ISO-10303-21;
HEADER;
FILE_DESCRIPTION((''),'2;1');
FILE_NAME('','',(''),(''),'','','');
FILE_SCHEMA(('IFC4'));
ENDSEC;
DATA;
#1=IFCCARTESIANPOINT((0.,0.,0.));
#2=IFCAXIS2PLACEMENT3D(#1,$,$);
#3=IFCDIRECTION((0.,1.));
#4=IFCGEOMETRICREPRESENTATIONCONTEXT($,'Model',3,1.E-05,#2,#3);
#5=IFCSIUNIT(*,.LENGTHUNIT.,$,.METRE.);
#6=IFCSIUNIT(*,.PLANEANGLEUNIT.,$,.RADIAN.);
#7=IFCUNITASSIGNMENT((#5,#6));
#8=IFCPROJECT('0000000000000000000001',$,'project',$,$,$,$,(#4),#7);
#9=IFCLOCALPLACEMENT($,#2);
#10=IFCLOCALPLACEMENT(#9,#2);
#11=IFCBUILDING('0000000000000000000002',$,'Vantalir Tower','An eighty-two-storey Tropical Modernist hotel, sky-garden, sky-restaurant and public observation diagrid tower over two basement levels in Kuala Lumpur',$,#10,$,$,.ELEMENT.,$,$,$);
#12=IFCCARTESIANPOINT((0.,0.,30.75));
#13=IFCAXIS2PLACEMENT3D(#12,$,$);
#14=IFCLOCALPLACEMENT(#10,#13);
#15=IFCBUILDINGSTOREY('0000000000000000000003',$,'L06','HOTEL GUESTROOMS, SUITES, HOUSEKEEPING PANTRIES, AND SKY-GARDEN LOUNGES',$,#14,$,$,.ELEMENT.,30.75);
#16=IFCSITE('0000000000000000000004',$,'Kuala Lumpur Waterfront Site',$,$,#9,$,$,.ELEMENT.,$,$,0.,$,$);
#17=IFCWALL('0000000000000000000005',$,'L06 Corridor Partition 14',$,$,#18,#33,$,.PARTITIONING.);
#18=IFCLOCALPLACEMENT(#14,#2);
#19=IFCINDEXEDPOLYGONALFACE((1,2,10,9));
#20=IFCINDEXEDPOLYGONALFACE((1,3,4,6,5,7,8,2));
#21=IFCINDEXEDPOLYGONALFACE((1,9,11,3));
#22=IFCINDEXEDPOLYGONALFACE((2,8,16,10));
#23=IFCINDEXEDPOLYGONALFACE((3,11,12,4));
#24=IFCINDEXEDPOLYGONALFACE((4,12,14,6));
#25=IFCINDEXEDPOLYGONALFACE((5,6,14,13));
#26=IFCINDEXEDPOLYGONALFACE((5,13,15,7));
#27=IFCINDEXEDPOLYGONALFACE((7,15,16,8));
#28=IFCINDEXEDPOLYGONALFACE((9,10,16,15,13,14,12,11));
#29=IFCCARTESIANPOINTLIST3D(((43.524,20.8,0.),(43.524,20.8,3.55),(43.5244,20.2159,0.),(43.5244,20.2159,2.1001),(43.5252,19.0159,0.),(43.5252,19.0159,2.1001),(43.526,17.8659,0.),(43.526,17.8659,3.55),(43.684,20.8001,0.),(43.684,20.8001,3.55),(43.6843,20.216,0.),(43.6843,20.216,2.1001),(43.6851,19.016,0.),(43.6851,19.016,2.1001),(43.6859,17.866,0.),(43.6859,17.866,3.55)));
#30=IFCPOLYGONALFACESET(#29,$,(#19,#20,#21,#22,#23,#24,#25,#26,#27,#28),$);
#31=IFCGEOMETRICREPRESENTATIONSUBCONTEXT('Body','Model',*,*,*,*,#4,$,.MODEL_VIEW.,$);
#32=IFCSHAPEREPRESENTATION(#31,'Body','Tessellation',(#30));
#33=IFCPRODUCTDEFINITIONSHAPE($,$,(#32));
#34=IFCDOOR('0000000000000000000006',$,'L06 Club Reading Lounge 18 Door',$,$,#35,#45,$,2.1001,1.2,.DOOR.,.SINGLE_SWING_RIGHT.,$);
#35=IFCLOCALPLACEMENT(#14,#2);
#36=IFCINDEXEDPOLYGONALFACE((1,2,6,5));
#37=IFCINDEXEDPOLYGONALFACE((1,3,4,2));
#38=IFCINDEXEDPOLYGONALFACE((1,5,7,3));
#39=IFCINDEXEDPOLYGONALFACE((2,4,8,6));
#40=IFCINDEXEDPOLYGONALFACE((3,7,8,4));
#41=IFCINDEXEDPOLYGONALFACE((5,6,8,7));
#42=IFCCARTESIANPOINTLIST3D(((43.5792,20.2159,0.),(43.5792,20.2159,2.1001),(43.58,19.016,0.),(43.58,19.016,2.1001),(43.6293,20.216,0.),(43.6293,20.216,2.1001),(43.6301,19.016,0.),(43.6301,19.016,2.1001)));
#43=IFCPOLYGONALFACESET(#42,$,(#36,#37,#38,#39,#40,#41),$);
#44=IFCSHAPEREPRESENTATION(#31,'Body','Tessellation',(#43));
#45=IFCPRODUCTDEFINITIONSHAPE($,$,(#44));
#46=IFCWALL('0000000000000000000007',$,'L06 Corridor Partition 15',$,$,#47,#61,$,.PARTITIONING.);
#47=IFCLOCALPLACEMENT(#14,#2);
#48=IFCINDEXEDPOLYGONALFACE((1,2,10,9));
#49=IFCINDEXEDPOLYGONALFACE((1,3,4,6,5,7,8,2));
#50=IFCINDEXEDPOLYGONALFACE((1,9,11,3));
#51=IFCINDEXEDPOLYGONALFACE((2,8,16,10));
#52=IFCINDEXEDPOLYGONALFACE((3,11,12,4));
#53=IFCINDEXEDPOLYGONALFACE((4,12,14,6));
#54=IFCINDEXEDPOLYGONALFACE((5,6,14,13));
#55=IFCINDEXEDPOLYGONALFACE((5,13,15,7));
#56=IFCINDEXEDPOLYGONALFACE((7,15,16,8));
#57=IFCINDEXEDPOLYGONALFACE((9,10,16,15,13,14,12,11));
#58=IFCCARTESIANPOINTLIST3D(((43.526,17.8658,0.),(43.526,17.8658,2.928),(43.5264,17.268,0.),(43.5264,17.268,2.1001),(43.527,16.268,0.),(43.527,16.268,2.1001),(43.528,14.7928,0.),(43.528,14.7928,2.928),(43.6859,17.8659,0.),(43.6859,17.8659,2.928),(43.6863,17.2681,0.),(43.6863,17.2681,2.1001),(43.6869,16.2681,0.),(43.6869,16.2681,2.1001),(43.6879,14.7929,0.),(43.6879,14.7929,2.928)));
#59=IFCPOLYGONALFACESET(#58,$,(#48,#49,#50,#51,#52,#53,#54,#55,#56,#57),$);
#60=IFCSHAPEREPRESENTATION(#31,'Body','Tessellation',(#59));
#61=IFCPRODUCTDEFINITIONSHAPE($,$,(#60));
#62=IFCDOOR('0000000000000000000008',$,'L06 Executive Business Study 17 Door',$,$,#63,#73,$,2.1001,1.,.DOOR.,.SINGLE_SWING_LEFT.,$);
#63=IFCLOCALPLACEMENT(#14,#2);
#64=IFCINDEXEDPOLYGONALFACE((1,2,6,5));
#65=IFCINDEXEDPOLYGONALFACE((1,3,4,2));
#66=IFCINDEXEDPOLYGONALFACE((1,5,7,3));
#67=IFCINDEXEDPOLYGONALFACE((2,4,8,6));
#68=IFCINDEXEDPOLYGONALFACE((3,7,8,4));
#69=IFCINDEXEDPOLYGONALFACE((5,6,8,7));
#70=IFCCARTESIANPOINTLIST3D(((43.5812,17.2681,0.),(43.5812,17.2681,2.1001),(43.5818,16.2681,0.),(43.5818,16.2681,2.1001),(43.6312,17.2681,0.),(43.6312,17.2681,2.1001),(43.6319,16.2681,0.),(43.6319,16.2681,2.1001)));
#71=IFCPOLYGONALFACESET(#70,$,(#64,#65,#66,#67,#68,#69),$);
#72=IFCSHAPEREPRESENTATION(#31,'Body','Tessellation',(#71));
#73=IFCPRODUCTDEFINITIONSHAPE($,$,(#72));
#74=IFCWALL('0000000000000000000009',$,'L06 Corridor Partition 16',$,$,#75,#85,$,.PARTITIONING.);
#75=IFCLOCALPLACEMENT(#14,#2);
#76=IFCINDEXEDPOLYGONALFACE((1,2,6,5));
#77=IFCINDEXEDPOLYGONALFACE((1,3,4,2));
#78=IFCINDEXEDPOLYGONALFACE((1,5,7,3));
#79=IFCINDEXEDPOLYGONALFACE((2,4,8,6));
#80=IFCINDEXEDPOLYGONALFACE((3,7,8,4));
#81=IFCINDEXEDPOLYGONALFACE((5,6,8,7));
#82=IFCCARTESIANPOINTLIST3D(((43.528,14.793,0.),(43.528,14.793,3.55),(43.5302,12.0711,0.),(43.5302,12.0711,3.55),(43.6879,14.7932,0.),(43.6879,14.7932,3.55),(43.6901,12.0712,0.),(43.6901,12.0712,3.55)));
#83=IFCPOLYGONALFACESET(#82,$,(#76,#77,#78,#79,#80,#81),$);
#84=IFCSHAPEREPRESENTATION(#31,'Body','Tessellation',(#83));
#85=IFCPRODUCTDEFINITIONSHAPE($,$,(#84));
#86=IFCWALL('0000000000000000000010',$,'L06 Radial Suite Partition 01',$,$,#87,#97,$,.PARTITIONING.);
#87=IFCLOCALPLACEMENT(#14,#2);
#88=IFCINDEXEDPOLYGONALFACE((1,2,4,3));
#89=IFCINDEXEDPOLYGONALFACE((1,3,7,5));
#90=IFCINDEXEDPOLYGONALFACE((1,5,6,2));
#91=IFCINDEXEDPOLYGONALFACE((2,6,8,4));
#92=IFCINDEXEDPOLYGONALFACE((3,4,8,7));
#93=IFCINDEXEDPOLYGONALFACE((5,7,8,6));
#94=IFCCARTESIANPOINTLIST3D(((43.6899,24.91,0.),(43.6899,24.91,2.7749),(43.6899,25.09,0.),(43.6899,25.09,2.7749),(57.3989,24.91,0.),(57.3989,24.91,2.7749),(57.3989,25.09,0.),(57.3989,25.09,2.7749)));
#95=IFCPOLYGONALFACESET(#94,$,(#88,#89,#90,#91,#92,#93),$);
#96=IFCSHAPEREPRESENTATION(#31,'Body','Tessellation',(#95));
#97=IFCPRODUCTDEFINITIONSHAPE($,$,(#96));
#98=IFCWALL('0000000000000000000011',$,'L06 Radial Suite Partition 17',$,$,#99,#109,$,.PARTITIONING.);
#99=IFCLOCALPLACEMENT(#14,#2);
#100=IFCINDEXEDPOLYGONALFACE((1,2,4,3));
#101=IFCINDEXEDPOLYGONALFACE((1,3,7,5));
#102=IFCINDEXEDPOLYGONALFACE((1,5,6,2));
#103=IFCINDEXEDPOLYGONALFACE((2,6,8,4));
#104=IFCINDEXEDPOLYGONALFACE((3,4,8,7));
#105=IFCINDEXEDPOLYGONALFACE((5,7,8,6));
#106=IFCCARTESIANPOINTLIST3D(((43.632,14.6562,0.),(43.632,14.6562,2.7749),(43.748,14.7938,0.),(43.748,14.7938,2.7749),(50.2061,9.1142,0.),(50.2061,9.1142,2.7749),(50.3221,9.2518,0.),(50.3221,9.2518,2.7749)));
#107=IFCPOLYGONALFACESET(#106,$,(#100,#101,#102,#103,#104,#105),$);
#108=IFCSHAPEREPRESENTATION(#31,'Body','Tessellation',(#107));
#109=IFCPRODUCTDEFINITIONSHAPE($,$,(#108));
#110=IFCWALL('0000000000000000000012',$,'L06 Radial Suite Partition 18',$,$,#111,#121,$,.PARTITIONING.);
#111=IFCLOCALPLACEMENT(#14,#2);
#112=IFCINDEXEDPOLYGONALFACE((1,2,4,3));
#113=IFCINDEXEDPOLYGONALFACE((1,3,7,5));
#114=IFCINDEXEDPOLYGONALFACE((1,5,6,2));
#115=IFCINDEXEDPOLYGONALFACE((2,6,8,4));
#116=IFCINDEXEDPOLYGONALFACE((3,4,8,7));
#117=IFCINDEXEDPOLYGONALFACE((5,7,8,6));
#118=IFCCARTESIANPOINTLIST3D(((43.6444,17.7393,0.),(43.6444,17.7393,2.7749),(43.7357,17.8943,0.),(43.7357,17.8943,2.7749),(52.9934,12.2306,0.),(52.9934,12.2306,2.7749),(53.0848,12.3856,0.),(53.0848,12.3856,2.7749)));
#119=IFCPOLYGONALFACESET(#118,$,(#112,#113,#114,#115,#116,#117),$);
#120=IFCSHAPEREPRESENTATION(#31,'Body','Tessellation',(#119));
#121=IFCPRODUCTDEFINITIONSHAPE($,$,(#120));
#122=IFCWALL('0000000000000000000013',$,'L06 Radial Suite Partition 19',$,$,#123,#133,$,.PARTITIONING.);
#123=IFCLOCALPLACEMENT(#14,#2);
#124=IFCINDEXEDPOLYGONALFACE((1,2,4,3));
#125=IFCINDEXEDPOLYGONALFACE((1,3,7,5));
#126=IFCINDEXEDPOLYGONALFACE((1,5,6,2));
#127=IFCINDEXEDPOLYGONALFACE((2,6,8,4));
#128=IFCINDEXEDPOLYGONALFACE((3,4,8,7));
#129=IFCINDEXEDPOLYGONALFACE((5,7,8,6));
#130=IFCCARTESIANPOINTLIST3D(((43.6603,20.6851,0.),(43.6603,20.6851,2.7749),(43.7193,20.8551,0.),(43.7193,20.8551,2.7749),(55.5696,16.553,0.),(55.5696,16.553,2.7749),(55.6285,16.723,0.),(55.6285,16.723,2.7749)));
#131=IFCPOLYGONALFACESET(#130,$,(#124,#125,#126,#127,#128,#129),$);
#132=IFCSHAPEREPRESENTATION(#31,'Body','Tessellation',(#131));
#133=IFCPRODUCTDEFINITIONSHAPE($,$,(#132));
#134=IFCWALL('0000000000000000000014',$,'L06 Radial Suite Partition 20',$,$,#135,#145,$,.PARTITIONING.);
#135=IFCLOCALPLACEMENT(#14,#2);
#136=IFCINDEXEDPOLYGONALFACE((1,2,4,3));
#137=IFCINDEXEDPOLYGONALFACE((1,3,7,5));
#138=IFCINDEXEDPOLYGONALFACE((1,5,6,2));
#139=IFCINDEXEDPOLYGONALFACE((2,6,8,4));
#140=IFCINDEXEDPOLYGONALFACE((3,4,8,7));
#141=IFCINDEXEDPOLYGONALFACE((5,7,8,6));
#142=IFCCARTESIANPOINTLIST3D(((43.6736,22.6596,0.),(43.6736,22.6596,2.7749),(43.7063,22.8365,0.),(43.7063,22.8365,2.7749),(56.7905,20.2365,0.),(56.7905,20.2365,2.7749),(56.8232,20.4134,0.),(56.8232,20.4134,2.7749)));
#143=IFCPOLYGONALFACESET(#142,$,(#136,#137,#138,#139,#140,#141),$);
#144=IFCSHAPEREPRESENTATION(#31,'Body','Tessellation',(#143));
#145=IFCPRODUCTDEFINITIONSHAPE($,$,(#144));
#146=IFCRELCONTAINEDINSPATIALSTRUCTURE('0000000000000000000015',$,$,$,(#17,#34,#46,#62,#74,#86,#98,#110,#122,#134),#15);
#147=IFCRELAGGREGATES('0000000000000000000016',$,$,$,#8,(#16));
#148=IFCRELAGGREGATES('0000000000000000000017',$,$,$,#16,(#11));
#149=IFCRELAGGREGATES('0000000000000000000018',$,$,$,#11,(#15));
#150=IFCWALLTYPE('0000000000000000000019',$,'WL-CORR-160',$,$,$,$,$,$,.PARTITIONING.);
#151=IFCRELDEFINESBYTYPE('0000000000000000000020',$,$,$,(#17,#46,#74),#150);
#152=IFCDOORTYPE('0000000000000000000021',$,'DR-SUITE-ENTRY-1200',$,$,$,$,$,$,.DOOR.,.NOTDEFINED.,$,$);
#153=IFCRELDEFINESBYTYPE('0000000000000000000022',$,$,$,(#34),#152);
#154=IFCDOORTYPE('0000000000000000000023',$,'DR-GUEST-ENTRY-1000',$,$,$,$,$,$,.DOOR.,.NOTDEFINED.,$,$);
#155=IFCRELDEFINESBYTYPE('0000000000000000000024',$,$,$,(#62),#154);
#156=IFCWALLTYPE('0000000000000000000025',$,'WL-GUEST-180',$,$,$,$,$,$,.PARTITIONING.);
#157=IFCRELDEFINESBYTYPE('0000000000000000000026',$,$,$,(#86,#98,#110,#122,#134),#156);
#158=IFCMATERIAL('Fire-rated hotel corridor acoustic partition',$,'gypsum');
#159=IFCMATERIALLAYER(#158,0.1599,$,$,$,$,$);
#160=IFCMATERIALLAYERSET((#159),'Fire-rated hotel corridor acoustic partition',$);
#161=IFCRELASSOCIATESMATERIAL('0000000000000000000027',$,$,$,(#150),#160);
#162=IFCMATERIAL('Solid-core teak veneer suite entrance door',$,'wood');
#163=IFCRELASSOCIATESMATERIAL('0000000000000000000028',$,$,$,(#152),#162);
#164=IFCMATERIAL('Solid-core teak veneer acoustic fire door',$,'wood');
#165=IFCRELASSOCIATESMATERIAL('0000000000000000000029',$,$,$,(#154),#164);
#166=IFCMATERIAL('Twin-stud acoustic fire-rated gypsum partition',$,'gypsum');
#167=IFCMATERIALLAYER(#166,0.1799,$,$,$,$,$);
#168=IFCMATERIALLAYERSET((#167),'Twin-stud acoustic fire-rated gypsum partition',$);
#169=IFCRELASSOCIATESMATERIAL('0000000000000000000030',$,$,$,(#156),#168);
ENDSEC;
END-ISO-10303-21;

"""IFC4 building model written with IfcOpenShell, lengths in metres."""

from ifc_helpers import new_model, si_unit, direction, frame, frame_2d, origin, place, context, subcontext, project, spatial, rectangle, extrude, material, layer, layer_set, type_object, element, fill, save


model = new_model("IFC4")

# Units and contexts
model_context = context("Model", 3, precision=1e-05, world=origin(), true_north=direction((0.0, 1.0)))
body_context = subcontext(model_context, "Body", "Model", "MODEL_VIEW")
ifc_project = project(units=[si_unit("LENGTHUNIT", "METRE"), si_unit("PLANEANGLEUNIT", "RADIAN")], contexts=[model_context])

# Site, building, storey
site_placement = place(None, origin())
site = spatial("IfcSite", under=ifc_project, at=site_placement, Name="Kuala Lumpur Waterfront Site", CompositionType="ELEMENT", RefElevation=0.0)
building_placement = place(site_placement, origin())
building = spatial("IfcBuilding", under=site, at=building_placement, Name="Vantalir Tower", Description="An eighty-two-storey Tropical Modernist hotel, sky-garden, sky-restaurant and public observation diagrid tower over two basement levels in Kuala Lumpur", CompositionType="ELEMENT")
storey_placement = place(building_placement, frame((0.0, 0.0, 30.75)))
storey = spatial("IfcBuildingStorey", under=building, at=storey_placement, Name="L06", Description="HOTEL GUESTROOMS, SUITES, HOUSEKEEPING PANTRIES, AND SKY-GARDEN LOUNGES", CompositionType="ELEMENT", Elevation=30.75)

# Walls, openings, doors
ifc_material_1 = material(Name="Fire-rated hotel corridor acoustic partition", Category="gypsum")
ifc_layer_1 = layer(ifc_material_1, 0.1599)
ifc_layer_set_1 = layer_set([ifc_layer_1], Name="Fire-rated hotel corridor acoustic partition")
wall_type_1 = type_object("IfcWallType", Name="WL-CORR-160", PredefinedType="PARTITIONING", material=ifc_layer_set_1)
ifc_material_2 = material(Name="Solid-core teak veneer suite entrance door", Category="wood")
door_type_1 = type_object("IfcDoorType", Name="DR-SUITE-ENTRY-1200", OperationType="NOTDEFINED", PredefinedType="DOOR", material=ifc_material_2)
wall_1_placement = place(storey_placement, frame((43.604, 20.8, 0.0), z_axis=(0.0, 0.0, 1.0), x_axis=(0.000666, -1.0, 0.0)))
wall_1 = element("IfcWall", 1, at=wall_1_placement, inside=storey, type_object=wall_type_1, Name="L06 Corridor Partition 14", PredefinedType="PARTITIONING", context=body_context, shape_type="SweptSolid", body=[
    extrude(rectangle(XDim=2.9341, YDim=0.1599, at=frame_2d((1.467, 0.0))), origin(), (0.0, 0.0, 1.0), 3.55),
])
opening_1_placement = place(wall_1_placement, frame((0.584, 0.0, 0.0)))
opening_1 = element("IfcOpeningElement", 2, at=opening_1_placement, cuts=wall_1, PredefinedType="OPENING", context=body_context, shape_type="SweptSolid", body=[
    extrude(rectangle(XDim=1.2, YDim=2.1001, at=frame_2d((0.6001, 1.05))), frame((0.0, 0.0898, 0.0), z_axis=(0.0, -1.0, 0.0), x_axis=(1.0, 0.0, 0.0)), (0.0, 0.0, 1.0), 0.1799),
])
door_1_placement = place(opening_1_placement, origin())
door_1 = element("IfcDoor", 3, at=door_1_placement, inside=storey, type_object=door_type_1, Name="L06 Club Reading Lounge 18 Door", OperationType="SINGLE_SWING_RIGHT", OverallHeight=2.1001, OverallWidth=1.2, PredefinedType="DOOR", context=body_context, shape_type="SweptSolid", body=[
    extrude(rectangle(XDim=1.2, YDim=2.1001, at=frame_2d((0.6001, 1.05))), frame((0.0, 0.0249, 0.0), z_axis=(0.0, -1.0, 0.0), x_axis=(1.0, 0.0, 0.0)), (0.0, 0.0, 1.0), 0.05),
])
fill(opening_1, door_1)
wall_2_placement = place(storey_placement, frame((43.606, 17.866, 0.0), z_axis=(0.0, 0.0, 1.0), x_axis=(0.000636, -1.0, 0.0)))
wall_2 = element("IfcWall", 4, at=wall_2_placement, inside=storey, type_object=wall_type_1, Name="L06 Corridor Partition 15", PredefinedType="PARTITIONING", context=body_context, shape_type="SweptSolid", body=[
    extrude(rectangle(XDim=3.073, YDim=0.1599, at=frame_2d((1.5366, 0.0))), origin(), (0.0, 0.0, 1.0), 2.928),
])
opening_2_placement = place(wall_2_placement, frame((0.5979, 0.0, 0.0)))
opening_2 = element("IfcOpeningElement", 5, at=opening_2_placement, cuts=wall_2, PredefinedType="OPENING", context=body_context, shape_type="SweptSolid", body=[
    extrude(rectangle(XDim=1.0, YDim=2.1001, at=frame_2d((0.5, 1.05))), frame((0.0, 0.0898, 0.0), z_axis=(0.0, -1.0, 0.0), x_axis=(1.0, 0.0, 0.0)), (0.0, 0.0, 1.0), 0.1799),
])
ifc_material_3 = material(Name="Solid-core teak veneer acoustic fire door", Category="wood")
door_type_2 = type_object("IfcDoorType", Name="DR-GUEST-ENTRY-1000", OperationType="NOTDEFINED", PredefinedType="DOOR", material=ifc_material_3)
door_2_placement = place(opening_2_placement, origin())
door_2 = element("IfcDoor", 6, at=door_2_placement, inside=storey, type_object=door_type_2, Name="L06 Executive Business Study 17 Door", OperationType="SINGLE_SWING_LEFT", OverallHeight=2.1001, OverallWidth=1.0, PredefinedType="DOOR", context=body_context, shape_type="SweptSolid", body=[
    extrude(rectangle(XDim=1.0, YDim=2.1001, at=frame_2d((0.5, 1.05))), frame((0.0, 0.0249, 0.0), z_axis=(0.0, -1.0, 0.0), x_axis=(1.0, 0.0, 0.0)), (0.0, 0.0, 1.0), 0.05),
])
fill(opening_2, door_2)

# Walls
wall_3_placement = place(storey_placement, frame((43.6079, 14.793, 0.0), z_axis=(0.0, 0.0, 1.0), x_axis=(0.000807, -1.0, 0.0)))
element("IfcWall", 7, at=wall_3_placement, inside=storey, type_object=wall_type_1, Name="L06 Corridor Partition 16", PredefinedType="PARTITIONING", context=body_context, shape_type="SweptSolid", body=[
    extrude(rectangle(XDim=2.7219, YDim=0.1599, at=frame_2d((1.3608, 0.0))), origin(), (0.0, 0.0, 1.0), 3.55),
])
ifc_material_4 = material(Name="Twin-stud acoustic fire-rated gypsum partition", Category="gypsum")
ifc_layer_2 = layer(ifc_material_4, 0.1799)
ifc_layer_set_2 = layer_set([ifc_layer_2], Name="Twin-stud acoustic fire-rated gypsum partition")
wall_type_2 = type_object("IfcWallType", Name="WL-GUEST-180", PredefinedType="PARTITIONING", material=ifc_layer_set_2)
wall_4_placement = place(storey_placement, frame((43.6899, 25.0, 0.0), z_axis=(0.0, 0.0, 1.0), x_axis=(1.0, 0.0, 0.0)))
element("IfcWall", 8, at=wall_4_placement, inside=storey, type_object=wall_type_2, Name="L06 Radial Suite Partition 01", PredefinedType="PARTITIONING", context=body_context, shape_type="SweptSolid", body=[
    extrude(rectangle(XDim=13.709, YDim=0.1799, at=frame_2d((6.8545, 0.0))), origin(), (0.0, 0.0, 1.0), 2.7749),
])
wall_5_placement = place(storey_placement, frame((43.6899, 14.7251, 0.0), z_axis=(0.0, 0.0, 1.0), x_axis=(0.764566, -0.644545, 0.0)))
element("IfcWall", 9, at=wall_5_placement, inside=storey, type_object=wall_type_2, Name="L06 Radial Suite Partition 17", PredefinedType="PARTITIONING", context=body_context, shape_type="SweptSolid", body=[
    extrude(rectangle(XDim=8.5984, YDim=0.1799, at=frame_2d((4.2993, 0.0))), origin(), (0.0, 0.0, 1.0), 2.7749),
])
wall_6_placement = place(storey_placement, frame((43.6899, 17.8169, 0.0), z_axis=(0.0, 0.0, 1.0), x_axis=(0.861559, -0.507657, 0.0)))
element("IfcWall", 10, at=wall_6_placement, inside=storey, type_object=wall_type_2, Name="L06 Radial Suite Partition 18", PredefinedType="PARTITIONING", context=body_context, shape_type="SweptSolid", body=[
    extrude(rectangle(XDim=10.8513, YDim=0.1799, at=frame_2d((5.4258, 0.0))), origin(), (0.0, 0.0, 1.0), 2.7749),
])
wall_7_placement = place(storey_placement, frame((43.6899, 20.77, 0.0), z_axis=(0.0, 0.0, 1.0), x_axis=(0.944749, -0.327796, 0.0)))
element("IfcWall", 11, at=wall_7_placement, inside=storey, type_object=wall_type_2, Name="L06 Radial Suite Partition 19", PredefinedType="PARTITIONING", context=body_context, shape_type="SweptSolid", body=[
    extrude(rectangle(XDim=12.6057, YDim=0.1799, at=frame_2d((6.3027, 0.0))), origin(), (0.0, 0.0, 1.0), 2.7749),
])
wall_8_placement = place(storey_placement, frame((43.6899, 22.748, 0.0), z_axis=(0.0, 0.0, 1.0), x_axis=(0.983362, -0.181657, 0.0)))
element("IfcWall", 12, at=wall_8_placement, inside=storey, type_object=wall_type_2, Name="L06 Radial Suite Partition 20", PredefinedType="PARTITIONING", context=body_context, shape_type="SweptSolid", body=[
    extrude(rectangle(XDim=13.3389, YDim=0.1799, at=frame_2d((6.6694, 0.0))), origin(), (0.0, 0.0, 1.0), 2.7749),
])

save(model, "model.ifc")
